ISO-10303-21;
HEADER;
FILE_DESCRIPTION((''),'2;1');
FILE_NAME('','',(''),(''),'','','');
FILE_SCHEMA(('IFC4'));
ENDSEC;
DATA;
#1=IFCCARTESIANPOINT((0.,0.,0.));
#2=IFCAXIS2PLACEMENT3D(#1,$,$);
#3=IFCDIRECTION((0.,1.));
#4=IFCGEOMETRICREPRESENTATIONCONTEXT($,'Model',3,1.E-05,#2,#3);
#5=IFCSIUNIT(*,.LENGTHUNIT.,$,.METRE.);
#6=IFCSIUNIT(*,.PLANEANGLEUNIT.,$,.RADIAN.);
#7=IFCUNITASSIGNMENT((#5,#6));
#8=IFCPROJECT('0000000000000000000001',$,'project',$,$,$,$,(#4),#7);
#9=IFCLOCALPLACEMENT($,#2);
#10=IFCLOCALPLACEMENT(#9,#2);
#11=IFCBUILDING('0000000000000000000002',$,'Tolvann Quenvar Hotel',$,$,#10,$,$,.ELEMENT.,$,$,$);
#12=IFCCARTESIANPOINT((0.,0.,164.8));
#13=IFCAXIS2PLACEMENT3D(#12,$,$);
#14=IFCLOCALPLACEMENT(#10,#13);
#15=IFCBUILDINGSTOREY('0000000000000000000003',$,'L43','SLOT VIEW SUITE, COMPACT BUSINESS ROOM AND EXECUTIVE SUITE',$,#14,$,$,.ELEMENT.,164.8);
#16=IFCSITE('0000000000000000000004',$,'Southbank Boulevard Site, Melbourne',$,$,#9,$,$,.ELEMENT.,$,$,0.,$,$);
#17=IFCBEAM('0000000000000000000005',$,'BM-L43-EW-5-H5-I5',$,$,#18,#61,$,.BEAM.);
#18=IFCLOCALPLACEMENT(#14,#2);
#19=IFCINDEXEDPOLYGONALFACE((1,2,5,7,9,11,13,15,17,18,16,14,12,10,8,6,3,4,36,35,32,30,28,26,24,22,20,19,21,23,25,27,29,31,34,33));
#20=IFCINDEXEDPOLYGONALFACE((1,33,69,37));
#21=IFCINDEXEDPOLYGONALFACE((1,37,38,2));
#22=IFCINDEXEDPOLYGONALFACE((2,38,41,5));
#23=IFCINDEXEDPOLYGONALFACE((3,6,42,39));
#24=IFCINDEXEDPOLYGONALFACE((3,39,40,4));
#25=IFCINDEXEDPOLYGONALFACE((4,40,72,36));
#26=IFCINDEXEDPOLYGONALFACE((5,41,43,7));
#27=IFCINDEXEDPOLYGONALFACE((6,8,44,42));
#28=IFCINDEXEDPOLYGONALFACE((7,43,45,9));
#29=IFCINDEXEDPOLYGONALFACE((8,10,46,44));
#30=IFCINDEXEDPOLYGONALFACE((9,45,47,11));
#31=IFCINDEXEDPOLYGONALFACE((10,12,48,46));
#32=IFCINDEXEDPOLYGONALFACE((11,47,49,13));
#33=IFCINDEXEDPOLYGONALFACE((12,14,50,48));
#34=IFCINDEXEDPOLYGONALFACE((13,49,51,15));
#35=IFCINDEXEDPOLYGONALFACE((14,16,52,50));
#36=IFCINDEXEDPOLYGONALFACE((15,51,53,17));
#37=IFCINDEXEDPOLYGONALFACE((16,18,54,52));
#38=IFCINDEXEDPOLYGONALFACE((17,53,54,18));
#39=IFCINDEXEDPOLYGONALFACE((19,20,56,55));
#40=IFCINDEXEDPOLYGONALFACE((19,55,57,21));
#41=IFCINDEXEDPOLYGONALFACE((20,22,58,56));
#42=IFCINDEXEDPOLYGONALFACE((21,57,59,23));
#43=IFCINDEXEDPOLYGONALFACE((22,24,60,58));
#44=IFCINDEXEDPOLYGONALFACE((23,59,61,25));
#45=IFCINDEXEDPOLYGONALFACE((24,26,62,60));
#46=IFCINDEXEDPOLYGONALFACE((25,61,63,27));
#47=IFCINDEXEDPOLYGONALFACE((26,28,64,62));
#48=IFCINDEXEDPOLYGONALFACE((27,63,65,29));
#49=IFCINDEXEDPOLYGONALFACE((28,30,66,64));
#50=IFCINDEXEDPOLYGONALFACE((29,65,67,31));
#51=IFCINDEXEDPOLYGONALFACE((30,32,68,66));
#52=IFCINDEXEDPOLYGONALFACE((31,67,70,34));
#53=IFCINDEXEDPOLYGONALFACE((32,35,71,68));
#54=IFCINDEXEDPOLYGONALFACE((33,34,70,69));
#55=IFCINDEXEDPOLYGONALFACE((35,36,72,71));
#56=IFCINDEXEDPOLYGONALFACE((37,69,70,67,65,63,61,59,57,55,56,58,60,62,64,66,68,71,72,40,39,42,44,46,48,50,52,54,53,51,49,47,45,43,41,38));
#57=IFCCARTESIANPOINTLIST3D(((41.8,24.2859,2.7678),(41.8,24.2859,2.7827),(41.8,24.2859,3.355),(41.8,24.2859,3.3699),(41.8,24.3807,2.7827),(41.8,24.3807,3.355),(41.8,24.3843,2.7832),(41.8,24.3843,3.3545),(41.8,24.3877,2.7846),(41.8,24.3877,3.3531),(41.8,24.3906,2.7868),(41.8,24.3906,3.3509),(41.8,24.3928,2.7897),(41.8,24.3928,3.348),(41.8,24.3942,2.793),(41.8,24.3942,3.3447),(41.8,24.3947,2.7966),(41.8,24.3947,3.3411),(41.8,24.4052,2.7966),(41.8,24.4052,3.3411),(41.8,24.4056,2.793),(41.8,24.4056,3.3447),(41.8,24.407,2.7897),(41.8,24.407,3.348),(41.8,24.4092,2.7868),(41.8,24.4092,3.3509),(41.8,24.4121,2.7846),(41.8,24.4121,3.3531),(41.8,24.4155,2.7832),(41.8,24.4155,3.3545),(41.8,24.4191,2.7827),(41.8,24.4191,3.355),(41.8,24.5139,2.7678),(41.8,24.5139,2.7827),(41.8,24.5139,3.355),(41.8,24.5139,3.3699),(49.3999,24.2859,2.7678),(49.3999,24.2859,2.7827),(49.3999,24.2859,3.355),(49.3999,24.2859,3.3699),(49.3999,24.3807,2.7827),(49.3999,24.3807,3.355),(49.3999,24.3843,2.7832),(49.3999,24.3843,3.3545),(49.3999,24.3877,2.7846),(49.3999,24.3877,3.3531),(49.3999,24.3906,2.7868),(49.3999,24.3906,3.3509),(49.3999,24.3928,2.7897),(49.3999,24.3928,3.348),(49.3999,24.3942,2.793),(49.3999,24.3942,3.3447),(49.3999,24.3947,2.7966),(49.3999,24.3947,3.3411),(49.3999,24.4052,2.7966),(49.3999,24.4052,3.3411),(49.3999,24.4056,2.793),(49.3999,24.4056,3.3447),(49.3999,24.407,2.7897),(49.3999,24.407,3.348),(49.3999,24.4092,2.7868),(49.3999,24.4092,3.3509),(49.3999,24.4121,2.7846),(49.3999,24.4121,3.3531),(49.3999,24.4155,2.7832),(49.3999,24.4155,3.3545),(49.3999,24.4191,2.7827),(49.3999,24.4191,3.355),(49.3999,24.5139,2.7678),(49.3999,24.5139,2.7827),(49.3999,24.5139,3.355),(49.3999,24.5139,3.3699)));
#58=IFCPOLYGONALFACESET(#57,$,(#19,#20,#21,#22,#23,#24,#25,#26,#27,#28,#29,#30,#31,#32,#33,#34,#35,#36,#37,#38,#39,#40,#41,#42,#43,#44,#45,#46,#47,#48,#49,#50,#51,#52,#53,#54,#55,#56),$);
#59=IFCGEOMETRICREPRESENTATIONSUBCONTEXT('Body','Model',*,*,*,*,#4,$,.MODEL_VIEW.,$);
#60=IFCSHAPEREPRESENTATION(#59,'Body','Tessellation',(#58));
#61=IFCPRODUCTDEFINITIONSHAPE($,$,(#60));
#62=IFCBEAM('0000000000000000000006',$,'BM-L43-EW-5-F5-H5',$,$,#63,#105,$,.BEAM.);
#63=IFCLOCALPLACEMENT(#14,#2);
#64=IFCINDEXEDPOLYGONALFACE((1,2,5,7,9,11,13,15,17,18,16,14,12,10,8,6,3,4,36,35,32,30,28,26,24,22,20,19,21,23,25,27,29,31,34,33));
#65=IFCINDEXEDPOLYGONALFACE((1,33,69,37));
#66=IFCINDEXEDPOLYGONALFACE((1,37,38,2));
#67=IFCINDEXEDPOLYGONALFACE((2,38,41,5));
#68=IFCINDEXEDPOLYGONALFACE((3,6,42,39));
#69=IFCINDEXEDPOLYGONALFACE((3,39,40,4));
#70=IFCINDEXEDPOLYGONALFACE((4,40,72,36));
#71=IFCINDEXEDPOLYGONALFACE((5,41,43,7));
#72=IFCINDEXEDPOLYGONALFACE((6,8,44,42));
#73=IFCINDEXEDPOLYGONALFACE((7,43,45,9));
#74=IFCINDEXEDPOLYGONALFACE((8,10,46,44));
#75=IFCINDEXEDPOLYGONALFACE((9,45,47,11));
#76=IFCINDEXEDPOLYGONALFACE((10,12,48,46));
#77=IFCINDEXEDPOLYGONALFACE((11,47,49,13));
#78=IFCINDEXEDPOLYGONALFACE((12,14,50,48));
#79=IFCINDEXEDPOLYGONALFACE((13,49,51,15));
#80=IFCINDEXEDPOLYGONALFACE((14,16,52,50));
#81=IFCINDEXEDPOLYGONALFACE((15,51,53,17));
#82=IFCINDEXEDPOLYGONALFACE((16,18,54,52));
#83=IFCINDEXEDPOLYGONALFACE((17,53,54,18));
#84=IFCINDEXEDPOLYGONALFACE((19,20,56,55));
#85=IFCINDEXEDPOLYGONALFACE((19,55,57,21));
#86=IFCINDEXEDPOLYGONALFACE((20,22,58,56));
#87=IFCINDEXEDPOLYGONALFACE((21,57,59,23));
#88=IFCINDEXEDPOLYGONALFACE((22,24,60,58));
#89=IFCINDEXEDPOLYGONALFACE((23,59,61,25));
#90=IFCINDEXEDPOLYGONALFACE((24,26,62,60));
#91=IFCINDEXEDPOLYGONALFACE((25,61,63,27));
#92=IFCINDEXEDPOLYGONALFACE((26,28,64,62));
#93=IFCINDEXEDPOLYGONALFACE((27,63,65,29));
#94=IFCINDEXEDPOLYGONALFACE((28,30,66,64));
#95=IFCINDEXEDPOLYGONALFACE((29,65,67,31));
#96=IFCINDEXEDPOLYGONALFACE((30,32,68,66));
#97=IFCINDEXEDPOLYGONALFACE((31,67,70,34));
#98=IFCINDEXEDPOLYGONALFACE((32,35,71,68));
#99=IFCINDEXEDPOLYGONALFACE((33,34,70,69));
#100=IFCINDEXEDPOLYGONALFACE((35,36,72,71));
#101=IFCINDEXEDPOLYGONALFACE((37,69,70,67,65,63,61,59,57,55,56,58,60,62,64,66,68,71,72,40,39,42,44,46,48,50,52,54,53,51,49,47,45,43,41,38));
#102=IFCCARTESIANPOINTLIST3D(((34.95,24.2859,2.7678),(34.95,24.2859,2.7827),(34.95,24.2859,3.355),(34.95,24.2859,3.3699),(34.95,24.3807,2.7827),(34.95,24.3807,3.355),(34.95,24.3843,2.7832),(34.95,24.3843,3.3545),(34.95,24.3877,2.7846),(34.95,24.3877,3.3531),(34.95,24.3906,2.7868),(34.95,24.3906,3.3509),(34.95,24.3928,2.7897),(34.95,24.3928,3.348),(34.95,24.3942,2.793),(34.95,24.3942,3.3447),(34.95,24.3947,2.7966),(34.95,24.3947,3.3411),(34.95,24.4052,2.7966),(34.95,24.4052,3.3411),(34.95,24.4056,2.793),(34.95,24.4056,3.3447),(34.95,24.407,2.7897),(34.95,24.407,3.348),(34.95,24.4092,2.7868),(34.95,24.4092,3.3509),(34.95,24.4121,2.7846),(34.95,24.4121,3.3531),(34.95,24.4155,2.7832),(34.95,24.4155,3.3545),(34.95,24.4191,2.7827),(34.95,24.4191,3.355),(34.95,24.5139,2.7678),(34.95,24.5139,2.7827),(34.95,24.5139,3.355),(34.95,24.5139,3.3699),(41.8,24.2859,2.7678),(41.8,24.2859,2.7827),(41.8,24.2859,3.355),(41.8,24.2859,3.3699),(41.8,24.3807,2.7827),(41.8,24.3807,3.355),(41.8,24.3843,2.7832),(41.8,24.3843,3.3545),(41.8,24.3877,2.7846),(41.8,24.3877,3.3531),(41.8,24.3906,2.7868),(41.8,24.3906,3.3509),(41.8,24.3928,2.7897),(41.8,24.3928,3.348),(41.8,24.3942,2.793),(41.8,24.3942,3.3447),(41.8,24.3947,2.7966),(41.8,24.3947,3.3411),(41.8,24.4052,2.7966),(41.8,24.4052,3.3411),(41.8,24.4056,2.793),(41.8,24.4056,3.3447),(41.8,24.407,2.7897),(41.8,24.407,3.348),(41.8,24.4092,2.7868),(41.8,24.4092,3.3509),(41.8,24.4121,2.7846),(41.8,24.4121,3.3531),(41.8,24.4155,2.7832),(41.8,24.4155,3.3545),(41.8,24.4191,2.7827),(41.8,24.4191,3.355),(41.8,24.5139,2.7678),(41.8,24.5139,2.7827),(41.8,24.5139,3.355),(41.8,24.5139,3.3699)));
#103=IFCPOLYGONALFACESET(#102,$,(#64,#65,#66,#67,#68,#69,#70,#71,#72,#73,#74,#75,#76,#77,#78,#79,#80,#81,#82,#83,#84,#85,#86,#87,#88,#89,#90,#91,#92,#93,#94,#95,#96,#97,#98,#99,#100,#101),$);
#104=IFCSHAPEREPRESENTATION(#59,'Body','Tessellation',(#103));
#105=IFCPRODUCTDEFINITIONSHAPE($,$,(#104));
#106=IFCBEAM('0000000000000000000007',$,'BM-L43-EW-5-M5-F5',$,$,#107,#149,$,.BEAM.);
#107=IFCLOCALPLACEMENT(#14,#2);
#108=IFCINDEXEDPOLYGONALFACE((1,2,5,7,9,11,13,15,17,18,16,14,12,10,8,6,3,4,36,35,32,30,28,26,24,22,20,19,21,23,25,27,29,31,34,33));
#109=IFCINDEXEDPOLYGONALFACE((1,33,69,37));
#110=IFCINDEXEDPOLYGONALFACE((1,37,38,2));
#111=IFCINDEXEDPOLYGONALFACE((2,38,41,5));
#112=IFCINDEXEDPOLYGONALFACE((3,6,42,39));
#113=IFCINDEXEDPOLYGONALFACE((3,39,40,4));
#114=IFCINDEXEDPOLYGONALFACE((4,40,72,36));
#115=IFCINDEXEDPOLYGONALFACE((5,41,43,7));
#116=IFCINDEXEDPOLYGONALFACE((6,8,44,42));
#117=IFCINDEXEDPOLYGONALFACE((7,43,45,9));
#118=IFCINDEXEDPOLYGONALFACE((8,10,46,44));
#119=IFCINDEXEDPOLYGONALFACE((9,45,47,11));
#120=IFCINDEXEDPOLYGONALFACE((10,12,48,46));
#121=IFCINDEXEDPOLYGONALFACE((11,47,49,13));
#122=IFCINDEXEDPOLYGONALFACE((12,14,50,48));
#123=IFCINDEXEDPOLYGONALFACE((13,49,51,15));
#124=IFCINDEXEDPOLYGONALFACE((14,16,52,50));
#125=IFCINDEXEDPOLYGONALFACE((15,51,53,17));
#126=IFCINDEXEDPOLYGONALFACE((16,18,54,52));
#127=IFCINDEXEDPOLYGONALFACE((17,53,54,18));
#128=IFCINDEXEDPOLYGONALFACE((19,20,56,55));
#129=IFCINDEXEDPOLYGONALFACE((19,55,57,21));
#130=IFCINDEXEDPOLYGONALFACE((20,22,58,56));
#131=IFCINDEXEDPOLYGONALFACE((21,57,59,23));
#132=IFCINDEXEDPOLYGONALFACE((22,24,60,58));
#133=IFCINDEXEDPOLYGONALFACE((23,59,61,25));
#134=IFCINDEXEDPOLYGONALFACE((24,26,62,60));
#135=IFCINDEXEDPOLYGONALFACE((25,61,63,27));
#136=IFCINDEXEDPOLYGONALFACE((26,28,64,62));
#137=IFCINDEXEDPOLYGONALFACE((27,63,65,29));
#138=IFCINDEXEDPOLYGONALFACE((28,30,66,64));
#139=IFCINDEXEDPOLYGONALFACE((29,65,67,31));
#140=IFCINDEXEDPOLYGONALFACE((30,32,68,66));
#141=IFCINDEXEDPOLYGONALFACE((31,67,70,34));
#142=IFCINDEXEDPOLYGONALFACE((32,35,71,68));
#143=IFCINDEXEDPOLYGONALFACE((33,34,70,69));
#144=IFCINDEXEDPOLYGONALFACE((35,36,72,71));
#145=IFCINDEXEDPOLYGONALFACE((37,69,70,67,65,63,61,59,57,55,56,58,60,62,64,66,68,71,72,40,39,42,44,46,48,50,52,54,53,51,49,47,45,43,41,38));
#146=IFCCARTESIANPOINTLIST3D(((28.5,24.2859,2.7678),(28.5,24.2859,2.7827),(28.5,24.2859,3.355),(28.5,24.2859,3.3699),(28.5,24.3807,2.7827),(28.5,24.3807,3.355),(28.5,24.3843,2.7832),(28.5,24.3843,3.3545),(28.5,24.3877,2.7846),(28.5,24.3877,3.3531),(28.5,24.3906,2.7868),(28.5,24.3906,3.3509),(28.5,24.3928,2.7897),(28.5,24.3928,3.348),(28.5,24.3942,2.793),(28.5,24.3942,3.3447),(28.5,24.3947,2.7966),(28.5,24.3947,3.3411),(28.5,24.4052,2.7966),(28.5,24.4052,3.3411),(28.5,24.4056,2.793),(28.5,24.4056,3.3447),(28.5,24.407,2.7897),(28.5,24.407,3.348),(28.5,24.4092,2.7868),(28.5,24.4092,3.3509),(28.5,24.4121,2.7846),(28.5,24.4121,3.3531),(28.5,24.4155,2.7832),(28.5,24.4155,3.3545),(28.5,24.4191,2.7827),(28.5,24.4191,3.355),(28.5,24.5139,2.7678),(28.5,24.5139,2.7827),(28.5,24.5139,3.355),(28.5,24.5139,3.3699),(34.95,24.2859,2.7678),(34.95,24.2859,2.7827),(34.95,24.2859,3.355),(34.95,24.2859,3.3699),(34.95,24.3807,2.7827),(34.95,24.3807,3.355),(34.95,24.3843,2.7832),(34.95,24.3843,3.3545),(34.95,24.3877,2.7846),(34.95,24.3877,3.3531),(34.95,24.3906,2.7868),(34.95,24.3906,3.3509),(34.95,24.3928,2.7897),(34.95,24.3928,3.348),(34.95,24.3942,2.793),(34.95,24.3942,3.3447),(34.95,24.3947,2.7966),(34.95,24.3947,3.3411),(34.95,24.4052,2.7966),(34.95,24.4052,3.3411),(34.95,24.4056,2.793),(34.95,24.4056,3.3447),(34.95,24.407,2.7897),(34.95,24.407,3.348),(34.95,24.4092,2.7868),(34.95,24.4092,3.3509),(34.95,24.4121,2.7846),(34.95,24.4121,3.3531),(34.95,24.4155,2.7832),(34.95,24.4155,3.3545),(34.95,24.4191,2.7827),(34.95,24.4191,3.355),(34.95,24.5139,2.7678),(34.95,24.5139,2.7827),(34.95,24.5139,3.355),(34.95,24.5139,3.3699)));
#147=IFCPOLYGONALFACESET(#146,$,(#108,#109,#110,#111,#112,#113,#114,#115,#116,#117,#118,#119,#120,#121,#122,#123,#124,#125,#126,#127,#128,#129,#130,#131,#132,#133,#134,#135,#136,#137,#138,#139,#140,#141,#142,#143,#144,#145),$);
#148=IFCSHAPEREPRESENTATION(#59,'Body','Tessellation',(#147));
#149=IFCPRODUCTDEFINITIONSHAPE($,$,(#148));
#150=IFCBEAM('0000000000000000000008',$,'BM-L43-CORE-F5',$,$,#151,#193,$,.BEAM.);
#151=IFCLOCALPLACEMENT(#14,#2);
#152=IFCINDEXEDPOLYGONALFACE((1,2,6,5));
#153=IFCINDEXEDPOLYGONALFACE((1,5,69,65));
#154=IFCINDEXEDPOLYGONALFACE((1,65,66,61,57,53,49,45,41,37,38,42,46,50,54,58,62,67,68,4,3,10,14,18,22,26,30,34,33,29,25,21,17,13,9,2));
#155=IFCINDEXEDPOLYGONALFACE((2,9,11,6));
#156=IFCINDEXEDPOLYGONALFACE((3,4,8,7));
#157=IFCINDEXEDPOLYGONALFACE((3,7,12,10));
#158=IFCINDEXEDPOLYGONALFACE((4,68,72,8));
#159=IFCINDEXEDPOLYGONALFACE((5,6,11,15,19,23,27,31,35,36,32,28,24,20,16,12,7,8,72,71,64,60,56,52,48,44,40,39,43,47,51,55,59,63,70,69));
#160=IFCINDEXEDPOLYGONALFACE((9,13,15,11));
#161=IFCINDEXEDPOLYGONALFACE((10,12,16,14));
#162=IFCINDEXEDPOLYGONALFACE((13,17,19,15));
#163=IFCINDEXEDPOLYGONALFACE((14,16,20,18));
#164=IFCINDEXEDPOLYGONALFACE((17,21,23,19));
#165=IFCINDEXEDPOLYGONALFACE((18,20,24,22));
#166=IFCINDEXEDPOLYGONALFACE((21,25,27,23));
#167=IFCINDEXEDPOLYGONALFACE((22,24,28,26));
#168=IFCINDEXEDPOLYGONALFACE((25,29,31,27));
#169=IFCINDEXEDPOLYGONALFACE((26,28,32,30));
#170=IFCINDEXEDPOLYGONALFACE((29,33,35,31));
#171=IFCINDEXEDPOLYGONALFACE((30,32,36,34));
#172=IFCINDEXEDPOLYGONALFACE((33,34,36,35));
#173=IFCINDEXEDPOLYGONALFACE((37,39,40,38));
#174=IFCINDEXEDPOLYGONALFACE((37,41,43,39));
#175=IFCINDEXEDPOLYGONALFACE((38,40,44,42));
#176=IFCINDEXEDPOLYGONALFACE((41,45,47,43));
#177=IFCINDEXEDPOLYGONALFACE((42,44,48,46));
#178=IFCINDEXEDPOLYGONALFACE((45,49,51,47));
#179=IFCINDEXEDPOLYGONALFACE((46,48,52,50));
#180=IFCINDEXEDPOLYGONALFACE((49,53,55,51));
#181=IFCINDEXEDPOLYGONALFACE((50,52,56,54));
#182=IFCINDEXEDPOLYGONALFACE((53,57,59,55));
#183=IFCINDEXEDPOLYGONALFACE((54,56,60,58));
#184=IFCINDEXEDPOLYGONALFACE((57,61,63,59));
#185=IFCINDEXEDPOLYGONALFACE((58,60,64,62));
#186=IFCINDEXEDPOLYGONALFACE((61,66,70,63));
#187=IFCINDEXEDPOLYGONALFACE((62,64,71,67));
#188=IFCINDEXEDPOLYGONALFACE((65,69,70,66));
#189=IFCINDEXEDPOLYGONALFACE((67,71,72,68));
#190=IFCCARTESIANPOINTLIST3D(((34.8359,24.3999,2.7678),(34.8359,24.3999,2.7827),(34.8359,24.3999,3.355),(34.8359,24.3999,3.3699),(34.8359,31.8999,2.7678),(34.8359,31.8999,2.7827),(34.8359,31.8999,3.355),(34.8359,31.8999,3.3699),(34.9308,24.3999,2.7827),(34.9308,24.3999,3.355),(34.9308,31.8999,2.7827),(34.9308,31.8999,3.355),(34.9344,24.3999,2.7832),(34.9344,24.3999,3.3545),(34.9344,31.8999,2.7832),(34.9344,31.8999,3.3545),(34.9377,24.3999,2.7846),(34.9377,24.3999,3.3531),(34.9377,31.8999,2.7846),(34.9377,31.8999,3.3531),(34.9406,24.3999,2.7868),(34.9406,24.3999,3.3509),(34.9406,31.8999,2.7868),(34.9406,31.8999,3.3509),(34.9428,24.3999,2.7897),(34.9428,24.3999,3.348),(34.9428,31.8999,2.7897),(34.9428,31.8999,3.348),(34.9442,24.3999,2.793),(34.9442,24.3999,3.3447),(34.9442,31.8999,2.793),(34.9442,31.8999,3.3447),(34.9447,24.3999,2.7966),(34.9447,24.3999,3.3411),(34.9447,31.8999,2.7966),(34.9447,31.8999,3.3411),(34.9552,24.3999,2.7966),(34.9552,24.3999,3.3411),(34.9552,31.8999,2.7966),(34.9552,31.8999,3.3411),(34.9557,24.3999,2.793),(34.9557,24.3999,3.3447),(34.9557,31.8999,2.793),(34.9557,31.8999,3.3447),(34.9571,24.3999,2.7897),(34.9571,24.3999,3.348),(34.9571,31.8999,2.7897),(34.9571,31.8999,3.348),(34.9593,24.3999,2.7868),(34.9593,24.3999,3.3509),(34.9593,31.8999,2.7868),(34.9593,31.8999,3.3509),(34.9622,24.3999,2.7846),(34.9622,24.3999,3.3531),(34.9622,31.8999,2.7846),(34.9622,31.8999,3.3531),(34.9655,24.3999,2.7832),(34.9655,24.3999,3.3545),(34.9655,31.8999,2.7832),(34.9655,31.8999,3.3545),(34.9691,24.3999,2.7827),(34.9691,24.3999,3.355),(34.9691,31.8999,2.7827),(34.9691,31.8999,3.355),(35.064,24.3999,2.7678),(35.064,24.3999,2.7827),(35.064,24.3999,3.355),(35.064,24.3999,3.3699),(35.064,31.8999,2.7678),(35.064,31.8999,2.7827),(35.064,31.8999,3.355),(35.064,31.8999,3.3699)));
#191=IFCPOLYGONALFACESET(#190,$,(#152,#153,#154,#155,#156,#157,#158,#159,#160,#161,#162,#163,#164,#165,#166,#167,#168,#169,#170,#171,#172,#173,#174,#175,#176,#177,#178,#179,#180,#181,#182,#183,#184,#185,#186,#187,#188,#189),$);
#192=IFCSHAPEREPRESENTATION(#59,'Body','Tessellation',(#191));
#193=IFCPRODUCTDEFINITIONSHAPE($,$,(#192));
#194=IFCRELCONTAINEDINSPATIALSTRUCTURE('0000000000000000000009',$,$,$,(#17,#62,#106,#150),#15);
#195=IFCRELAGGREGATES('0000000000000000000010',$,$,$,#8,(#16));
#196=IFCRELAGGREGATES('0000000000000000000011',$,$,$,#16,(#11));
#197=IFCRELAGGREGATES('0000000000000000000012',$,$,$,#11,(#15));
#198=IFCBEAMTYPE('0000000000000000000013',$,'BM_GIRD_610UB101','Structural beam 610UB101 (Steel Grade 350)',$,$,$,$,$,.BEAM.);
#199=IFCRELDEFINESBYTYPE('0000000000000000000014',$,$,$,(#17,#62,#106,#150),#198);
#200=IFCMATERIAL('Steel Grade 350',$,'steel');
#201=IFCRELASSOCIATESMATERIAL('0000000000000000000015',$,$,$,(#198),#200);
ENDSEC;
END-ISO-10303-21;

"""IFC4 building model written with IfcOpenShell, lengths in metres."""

from ifc_helpers import new_model, si_unit, direction, frame, origin, origin_2d, place, context, subcontext, project, spatial, i_section, extrude, source, transform, mapped, material, material_profile, profile_set, type_object, type_shapes, element, save


model = new_model("IFC4")

# Units and contexts
model_context = context("Model", 3, precision=1e-05, world=origin(), true_north=direction((0.0, 1.0)))
body_context = subcontext(model_context, "Body", "Model", "MODEL_VIEW")
ifc_project = project(units=[si_unit("LENGTHUNIT", "METRE"), si_unit("PLANEANGLEUNIT", "RADIAN")], contexts=[model_context])

# Site, building, storey
site_placement = place(None, origin())
site = spatial("IfcSite", under=ifc_project, at=site_placement, Name="Southbank Boulevard Site, Melbourne", CompositionType="ELEMENT", RefElevation=0.0)
building_placement = place(site_placement, origin())
building = spatial("IfcBuilding", under=site, at=building_placement, Name="Tolvann Quenvar Hotel", CompositionType="ELEMENT")
storey_placement = place(building_placement, frame((0.0, 0.0, 164.8)))
storey = spatial("IfcBuildingStorey", under=building, at=storey_placement, Name="L43", Description="SLOT VIEW SUITE, COMPACT BUSINESS ROOM AND EXECUTIVE SUITE", CompositionType="ELEMENT", Elevation=164.8)

# Shared definitions
ifc_material_1 = material(Name="Steel Grade 350", Category="steel")

# Beams
ifc_material_profile_1 = material_profile(ifc_material_1, i_section(OverallWidth=0.228, OverallDepth=0.6021, WebThickness=0.0105, FlangeThickness=0.0149, FilletRadius=0.0139, at=origin_2d()), Name="610UB101")
ifc_profile_set_1 = profile_set([ifc_material_profile_1], Name="Steel Grade 350")
beam_type_1 = type_object("IfcBeamType", Name="BM_GIRD_610UB101", Description="Structural beam 610UB101 (Steel Grade 350)", PredefinedType="BEAM", material=ifc_profile_set_1)
shared_shape_1 = source(origin(), body_context, "Body", "SweptSolid", [
    extrude(i_section(OverallWidth=0.228, OverallDepth=0.6021, WebThickness=0.0105, FlangeThickness=0.0149, FilletRadius=0.0139, at=origin_2d()), origin(), (0.0, 0.0, 1.0), 7.5999),
])
for number, where, z_axis, x_axis, name in (
    (1, (41.8, 24.3999, 3.0688), (1.0, 0.0, 0.0), (0.0, 1.0, 0.0), "BM-L43-EW-5-H5-I5"),
):
    element("IfcBeam", number, at=place(storey_placement, frame(where, z_axis=z_axis, x_axis=x_axis)), inside=storey, type_object=beam_type_1, Name=name, PredefinedType="BEAM", context=body_context, shape_type="MappedRepresentation", body=[
        mapped(shared_shape_1, transform((0.0, 0.0, 0.0), x_axis=(1.0, 0.0, 0.0), y_axis=(0.0, 1.0, 0.0), z_axis=(0.0, 0.0, 1.0), scale=1.0)),
    ])
shared_shape_2 = source(origin(), body_context, "Body", "SweptSolid", [
    extrude(i_section(OverallWidth=0.228, OverallDepth=0.6021, WebThickness=0.0105, FlangeThickness=0.0149, FilletRadius=0.0139, at=origin_2d()), origin(), (0.0, 0.0, 1.0), 6.8501),
])
beam_1_placement = place(storey_placement, frame((34.95, 24.3999, 3.0688), z_axis=(1.0, 0.0, 0.0), x_axis=(0.0, 1.0, 0.0)))
element("IfcBeam", 2, at=beam_1_placement, inside=storey, type_object=beam_type_1, Name="BM-L43-EW-5-F5-H5", PredefinedType="BEAM", context=body_context, shape_type="MappedRepresentation", body=[
    mapped(shared_shape_2, transform((0.0, 0.0, 0.0), x_axis=(1.0, 0.0, 0.0), y_axis=(0.0, 1.0, 0.0), z_axis=(0.0, 0.0, 1.0), scale=1.0)),
])
shared_shape_3 = source(origin(), body_context, "Body", "SweptSolid", [
    extrude(i_section(OverallWidth=0.228, OverallDepth=0.6021, WebThickness=0.0105, FlangeThickness=0.0149, FilletRadius=0.0139, at=origin_2d()), origin(), (0.0, 0.0, 1.0), 6.45),
])
beam_2_placement = place(storey_placement, frame((28.5, 24.3999, 3.0688), z_axis=(1.0, 0.0, 0.0), x_axis=(0.0, 1.0, 0.0)))
element("IfcBeam", 3, at=beam_2_placement, inside=storey, type_object=beam_type_1, Name="BM-L43-EW-5-M5-F5", PredefinedType="BEAM", context=body_context, shape_type="MappedRepresentation", body=[
    mapped(shared_shape_3, transform((0.0, 0.0, 0.0), x_axis=(1.0, 0.0, 0.0), y_axis=(0.0, 1.0, 0.0), z_axis=(0.0, 0.0, 1.0), scale=1.0)),
])
shared_shape_4 = source(origin(), body_context, "Body", "SweptSolid", [
    extrude(i_section(OverallWidth=0.228, OverallDepth=0.6021, WebThickness=0.0105, FlangeThickness=0.0149, FilletRadius=0.0139, at=origin_2d()), origin(), (0.0, 0.0, 1.0), 7.5),
])
type_shapes(beam_type_1, [shared_shape_1, shared_shape_2, shared_shape_3, shared_shape_4])
for number, where, z_axis, x_axis, name in (
    (4, (34.95, 24.3999, 3.0688), (0.0, 1.0, 0.0), (-1.0, 0.0, 0.0), "BM-L43-CORE-F5"),
):
    element("IfcBeam", number, at=place(storey_placement, frame(where, z_axis=z_axis, x_axis=x_axis)), inside=storey, type_object=beam_type_1, Name=name, PredefinedType="BEAM", context=body_context, shape_type="MappedRepresentation", body=[
        mapped(shared_shape_4, transform((0.0, 0.0, 0.0), x_axis=(1.0, 0.0, 0.0), y_axis=(0.0, 1.0, 0.0), z_axis=(0.0, 0.0, 1.0), scale=1.0)),
    ])

save(model, "model.ifc")
